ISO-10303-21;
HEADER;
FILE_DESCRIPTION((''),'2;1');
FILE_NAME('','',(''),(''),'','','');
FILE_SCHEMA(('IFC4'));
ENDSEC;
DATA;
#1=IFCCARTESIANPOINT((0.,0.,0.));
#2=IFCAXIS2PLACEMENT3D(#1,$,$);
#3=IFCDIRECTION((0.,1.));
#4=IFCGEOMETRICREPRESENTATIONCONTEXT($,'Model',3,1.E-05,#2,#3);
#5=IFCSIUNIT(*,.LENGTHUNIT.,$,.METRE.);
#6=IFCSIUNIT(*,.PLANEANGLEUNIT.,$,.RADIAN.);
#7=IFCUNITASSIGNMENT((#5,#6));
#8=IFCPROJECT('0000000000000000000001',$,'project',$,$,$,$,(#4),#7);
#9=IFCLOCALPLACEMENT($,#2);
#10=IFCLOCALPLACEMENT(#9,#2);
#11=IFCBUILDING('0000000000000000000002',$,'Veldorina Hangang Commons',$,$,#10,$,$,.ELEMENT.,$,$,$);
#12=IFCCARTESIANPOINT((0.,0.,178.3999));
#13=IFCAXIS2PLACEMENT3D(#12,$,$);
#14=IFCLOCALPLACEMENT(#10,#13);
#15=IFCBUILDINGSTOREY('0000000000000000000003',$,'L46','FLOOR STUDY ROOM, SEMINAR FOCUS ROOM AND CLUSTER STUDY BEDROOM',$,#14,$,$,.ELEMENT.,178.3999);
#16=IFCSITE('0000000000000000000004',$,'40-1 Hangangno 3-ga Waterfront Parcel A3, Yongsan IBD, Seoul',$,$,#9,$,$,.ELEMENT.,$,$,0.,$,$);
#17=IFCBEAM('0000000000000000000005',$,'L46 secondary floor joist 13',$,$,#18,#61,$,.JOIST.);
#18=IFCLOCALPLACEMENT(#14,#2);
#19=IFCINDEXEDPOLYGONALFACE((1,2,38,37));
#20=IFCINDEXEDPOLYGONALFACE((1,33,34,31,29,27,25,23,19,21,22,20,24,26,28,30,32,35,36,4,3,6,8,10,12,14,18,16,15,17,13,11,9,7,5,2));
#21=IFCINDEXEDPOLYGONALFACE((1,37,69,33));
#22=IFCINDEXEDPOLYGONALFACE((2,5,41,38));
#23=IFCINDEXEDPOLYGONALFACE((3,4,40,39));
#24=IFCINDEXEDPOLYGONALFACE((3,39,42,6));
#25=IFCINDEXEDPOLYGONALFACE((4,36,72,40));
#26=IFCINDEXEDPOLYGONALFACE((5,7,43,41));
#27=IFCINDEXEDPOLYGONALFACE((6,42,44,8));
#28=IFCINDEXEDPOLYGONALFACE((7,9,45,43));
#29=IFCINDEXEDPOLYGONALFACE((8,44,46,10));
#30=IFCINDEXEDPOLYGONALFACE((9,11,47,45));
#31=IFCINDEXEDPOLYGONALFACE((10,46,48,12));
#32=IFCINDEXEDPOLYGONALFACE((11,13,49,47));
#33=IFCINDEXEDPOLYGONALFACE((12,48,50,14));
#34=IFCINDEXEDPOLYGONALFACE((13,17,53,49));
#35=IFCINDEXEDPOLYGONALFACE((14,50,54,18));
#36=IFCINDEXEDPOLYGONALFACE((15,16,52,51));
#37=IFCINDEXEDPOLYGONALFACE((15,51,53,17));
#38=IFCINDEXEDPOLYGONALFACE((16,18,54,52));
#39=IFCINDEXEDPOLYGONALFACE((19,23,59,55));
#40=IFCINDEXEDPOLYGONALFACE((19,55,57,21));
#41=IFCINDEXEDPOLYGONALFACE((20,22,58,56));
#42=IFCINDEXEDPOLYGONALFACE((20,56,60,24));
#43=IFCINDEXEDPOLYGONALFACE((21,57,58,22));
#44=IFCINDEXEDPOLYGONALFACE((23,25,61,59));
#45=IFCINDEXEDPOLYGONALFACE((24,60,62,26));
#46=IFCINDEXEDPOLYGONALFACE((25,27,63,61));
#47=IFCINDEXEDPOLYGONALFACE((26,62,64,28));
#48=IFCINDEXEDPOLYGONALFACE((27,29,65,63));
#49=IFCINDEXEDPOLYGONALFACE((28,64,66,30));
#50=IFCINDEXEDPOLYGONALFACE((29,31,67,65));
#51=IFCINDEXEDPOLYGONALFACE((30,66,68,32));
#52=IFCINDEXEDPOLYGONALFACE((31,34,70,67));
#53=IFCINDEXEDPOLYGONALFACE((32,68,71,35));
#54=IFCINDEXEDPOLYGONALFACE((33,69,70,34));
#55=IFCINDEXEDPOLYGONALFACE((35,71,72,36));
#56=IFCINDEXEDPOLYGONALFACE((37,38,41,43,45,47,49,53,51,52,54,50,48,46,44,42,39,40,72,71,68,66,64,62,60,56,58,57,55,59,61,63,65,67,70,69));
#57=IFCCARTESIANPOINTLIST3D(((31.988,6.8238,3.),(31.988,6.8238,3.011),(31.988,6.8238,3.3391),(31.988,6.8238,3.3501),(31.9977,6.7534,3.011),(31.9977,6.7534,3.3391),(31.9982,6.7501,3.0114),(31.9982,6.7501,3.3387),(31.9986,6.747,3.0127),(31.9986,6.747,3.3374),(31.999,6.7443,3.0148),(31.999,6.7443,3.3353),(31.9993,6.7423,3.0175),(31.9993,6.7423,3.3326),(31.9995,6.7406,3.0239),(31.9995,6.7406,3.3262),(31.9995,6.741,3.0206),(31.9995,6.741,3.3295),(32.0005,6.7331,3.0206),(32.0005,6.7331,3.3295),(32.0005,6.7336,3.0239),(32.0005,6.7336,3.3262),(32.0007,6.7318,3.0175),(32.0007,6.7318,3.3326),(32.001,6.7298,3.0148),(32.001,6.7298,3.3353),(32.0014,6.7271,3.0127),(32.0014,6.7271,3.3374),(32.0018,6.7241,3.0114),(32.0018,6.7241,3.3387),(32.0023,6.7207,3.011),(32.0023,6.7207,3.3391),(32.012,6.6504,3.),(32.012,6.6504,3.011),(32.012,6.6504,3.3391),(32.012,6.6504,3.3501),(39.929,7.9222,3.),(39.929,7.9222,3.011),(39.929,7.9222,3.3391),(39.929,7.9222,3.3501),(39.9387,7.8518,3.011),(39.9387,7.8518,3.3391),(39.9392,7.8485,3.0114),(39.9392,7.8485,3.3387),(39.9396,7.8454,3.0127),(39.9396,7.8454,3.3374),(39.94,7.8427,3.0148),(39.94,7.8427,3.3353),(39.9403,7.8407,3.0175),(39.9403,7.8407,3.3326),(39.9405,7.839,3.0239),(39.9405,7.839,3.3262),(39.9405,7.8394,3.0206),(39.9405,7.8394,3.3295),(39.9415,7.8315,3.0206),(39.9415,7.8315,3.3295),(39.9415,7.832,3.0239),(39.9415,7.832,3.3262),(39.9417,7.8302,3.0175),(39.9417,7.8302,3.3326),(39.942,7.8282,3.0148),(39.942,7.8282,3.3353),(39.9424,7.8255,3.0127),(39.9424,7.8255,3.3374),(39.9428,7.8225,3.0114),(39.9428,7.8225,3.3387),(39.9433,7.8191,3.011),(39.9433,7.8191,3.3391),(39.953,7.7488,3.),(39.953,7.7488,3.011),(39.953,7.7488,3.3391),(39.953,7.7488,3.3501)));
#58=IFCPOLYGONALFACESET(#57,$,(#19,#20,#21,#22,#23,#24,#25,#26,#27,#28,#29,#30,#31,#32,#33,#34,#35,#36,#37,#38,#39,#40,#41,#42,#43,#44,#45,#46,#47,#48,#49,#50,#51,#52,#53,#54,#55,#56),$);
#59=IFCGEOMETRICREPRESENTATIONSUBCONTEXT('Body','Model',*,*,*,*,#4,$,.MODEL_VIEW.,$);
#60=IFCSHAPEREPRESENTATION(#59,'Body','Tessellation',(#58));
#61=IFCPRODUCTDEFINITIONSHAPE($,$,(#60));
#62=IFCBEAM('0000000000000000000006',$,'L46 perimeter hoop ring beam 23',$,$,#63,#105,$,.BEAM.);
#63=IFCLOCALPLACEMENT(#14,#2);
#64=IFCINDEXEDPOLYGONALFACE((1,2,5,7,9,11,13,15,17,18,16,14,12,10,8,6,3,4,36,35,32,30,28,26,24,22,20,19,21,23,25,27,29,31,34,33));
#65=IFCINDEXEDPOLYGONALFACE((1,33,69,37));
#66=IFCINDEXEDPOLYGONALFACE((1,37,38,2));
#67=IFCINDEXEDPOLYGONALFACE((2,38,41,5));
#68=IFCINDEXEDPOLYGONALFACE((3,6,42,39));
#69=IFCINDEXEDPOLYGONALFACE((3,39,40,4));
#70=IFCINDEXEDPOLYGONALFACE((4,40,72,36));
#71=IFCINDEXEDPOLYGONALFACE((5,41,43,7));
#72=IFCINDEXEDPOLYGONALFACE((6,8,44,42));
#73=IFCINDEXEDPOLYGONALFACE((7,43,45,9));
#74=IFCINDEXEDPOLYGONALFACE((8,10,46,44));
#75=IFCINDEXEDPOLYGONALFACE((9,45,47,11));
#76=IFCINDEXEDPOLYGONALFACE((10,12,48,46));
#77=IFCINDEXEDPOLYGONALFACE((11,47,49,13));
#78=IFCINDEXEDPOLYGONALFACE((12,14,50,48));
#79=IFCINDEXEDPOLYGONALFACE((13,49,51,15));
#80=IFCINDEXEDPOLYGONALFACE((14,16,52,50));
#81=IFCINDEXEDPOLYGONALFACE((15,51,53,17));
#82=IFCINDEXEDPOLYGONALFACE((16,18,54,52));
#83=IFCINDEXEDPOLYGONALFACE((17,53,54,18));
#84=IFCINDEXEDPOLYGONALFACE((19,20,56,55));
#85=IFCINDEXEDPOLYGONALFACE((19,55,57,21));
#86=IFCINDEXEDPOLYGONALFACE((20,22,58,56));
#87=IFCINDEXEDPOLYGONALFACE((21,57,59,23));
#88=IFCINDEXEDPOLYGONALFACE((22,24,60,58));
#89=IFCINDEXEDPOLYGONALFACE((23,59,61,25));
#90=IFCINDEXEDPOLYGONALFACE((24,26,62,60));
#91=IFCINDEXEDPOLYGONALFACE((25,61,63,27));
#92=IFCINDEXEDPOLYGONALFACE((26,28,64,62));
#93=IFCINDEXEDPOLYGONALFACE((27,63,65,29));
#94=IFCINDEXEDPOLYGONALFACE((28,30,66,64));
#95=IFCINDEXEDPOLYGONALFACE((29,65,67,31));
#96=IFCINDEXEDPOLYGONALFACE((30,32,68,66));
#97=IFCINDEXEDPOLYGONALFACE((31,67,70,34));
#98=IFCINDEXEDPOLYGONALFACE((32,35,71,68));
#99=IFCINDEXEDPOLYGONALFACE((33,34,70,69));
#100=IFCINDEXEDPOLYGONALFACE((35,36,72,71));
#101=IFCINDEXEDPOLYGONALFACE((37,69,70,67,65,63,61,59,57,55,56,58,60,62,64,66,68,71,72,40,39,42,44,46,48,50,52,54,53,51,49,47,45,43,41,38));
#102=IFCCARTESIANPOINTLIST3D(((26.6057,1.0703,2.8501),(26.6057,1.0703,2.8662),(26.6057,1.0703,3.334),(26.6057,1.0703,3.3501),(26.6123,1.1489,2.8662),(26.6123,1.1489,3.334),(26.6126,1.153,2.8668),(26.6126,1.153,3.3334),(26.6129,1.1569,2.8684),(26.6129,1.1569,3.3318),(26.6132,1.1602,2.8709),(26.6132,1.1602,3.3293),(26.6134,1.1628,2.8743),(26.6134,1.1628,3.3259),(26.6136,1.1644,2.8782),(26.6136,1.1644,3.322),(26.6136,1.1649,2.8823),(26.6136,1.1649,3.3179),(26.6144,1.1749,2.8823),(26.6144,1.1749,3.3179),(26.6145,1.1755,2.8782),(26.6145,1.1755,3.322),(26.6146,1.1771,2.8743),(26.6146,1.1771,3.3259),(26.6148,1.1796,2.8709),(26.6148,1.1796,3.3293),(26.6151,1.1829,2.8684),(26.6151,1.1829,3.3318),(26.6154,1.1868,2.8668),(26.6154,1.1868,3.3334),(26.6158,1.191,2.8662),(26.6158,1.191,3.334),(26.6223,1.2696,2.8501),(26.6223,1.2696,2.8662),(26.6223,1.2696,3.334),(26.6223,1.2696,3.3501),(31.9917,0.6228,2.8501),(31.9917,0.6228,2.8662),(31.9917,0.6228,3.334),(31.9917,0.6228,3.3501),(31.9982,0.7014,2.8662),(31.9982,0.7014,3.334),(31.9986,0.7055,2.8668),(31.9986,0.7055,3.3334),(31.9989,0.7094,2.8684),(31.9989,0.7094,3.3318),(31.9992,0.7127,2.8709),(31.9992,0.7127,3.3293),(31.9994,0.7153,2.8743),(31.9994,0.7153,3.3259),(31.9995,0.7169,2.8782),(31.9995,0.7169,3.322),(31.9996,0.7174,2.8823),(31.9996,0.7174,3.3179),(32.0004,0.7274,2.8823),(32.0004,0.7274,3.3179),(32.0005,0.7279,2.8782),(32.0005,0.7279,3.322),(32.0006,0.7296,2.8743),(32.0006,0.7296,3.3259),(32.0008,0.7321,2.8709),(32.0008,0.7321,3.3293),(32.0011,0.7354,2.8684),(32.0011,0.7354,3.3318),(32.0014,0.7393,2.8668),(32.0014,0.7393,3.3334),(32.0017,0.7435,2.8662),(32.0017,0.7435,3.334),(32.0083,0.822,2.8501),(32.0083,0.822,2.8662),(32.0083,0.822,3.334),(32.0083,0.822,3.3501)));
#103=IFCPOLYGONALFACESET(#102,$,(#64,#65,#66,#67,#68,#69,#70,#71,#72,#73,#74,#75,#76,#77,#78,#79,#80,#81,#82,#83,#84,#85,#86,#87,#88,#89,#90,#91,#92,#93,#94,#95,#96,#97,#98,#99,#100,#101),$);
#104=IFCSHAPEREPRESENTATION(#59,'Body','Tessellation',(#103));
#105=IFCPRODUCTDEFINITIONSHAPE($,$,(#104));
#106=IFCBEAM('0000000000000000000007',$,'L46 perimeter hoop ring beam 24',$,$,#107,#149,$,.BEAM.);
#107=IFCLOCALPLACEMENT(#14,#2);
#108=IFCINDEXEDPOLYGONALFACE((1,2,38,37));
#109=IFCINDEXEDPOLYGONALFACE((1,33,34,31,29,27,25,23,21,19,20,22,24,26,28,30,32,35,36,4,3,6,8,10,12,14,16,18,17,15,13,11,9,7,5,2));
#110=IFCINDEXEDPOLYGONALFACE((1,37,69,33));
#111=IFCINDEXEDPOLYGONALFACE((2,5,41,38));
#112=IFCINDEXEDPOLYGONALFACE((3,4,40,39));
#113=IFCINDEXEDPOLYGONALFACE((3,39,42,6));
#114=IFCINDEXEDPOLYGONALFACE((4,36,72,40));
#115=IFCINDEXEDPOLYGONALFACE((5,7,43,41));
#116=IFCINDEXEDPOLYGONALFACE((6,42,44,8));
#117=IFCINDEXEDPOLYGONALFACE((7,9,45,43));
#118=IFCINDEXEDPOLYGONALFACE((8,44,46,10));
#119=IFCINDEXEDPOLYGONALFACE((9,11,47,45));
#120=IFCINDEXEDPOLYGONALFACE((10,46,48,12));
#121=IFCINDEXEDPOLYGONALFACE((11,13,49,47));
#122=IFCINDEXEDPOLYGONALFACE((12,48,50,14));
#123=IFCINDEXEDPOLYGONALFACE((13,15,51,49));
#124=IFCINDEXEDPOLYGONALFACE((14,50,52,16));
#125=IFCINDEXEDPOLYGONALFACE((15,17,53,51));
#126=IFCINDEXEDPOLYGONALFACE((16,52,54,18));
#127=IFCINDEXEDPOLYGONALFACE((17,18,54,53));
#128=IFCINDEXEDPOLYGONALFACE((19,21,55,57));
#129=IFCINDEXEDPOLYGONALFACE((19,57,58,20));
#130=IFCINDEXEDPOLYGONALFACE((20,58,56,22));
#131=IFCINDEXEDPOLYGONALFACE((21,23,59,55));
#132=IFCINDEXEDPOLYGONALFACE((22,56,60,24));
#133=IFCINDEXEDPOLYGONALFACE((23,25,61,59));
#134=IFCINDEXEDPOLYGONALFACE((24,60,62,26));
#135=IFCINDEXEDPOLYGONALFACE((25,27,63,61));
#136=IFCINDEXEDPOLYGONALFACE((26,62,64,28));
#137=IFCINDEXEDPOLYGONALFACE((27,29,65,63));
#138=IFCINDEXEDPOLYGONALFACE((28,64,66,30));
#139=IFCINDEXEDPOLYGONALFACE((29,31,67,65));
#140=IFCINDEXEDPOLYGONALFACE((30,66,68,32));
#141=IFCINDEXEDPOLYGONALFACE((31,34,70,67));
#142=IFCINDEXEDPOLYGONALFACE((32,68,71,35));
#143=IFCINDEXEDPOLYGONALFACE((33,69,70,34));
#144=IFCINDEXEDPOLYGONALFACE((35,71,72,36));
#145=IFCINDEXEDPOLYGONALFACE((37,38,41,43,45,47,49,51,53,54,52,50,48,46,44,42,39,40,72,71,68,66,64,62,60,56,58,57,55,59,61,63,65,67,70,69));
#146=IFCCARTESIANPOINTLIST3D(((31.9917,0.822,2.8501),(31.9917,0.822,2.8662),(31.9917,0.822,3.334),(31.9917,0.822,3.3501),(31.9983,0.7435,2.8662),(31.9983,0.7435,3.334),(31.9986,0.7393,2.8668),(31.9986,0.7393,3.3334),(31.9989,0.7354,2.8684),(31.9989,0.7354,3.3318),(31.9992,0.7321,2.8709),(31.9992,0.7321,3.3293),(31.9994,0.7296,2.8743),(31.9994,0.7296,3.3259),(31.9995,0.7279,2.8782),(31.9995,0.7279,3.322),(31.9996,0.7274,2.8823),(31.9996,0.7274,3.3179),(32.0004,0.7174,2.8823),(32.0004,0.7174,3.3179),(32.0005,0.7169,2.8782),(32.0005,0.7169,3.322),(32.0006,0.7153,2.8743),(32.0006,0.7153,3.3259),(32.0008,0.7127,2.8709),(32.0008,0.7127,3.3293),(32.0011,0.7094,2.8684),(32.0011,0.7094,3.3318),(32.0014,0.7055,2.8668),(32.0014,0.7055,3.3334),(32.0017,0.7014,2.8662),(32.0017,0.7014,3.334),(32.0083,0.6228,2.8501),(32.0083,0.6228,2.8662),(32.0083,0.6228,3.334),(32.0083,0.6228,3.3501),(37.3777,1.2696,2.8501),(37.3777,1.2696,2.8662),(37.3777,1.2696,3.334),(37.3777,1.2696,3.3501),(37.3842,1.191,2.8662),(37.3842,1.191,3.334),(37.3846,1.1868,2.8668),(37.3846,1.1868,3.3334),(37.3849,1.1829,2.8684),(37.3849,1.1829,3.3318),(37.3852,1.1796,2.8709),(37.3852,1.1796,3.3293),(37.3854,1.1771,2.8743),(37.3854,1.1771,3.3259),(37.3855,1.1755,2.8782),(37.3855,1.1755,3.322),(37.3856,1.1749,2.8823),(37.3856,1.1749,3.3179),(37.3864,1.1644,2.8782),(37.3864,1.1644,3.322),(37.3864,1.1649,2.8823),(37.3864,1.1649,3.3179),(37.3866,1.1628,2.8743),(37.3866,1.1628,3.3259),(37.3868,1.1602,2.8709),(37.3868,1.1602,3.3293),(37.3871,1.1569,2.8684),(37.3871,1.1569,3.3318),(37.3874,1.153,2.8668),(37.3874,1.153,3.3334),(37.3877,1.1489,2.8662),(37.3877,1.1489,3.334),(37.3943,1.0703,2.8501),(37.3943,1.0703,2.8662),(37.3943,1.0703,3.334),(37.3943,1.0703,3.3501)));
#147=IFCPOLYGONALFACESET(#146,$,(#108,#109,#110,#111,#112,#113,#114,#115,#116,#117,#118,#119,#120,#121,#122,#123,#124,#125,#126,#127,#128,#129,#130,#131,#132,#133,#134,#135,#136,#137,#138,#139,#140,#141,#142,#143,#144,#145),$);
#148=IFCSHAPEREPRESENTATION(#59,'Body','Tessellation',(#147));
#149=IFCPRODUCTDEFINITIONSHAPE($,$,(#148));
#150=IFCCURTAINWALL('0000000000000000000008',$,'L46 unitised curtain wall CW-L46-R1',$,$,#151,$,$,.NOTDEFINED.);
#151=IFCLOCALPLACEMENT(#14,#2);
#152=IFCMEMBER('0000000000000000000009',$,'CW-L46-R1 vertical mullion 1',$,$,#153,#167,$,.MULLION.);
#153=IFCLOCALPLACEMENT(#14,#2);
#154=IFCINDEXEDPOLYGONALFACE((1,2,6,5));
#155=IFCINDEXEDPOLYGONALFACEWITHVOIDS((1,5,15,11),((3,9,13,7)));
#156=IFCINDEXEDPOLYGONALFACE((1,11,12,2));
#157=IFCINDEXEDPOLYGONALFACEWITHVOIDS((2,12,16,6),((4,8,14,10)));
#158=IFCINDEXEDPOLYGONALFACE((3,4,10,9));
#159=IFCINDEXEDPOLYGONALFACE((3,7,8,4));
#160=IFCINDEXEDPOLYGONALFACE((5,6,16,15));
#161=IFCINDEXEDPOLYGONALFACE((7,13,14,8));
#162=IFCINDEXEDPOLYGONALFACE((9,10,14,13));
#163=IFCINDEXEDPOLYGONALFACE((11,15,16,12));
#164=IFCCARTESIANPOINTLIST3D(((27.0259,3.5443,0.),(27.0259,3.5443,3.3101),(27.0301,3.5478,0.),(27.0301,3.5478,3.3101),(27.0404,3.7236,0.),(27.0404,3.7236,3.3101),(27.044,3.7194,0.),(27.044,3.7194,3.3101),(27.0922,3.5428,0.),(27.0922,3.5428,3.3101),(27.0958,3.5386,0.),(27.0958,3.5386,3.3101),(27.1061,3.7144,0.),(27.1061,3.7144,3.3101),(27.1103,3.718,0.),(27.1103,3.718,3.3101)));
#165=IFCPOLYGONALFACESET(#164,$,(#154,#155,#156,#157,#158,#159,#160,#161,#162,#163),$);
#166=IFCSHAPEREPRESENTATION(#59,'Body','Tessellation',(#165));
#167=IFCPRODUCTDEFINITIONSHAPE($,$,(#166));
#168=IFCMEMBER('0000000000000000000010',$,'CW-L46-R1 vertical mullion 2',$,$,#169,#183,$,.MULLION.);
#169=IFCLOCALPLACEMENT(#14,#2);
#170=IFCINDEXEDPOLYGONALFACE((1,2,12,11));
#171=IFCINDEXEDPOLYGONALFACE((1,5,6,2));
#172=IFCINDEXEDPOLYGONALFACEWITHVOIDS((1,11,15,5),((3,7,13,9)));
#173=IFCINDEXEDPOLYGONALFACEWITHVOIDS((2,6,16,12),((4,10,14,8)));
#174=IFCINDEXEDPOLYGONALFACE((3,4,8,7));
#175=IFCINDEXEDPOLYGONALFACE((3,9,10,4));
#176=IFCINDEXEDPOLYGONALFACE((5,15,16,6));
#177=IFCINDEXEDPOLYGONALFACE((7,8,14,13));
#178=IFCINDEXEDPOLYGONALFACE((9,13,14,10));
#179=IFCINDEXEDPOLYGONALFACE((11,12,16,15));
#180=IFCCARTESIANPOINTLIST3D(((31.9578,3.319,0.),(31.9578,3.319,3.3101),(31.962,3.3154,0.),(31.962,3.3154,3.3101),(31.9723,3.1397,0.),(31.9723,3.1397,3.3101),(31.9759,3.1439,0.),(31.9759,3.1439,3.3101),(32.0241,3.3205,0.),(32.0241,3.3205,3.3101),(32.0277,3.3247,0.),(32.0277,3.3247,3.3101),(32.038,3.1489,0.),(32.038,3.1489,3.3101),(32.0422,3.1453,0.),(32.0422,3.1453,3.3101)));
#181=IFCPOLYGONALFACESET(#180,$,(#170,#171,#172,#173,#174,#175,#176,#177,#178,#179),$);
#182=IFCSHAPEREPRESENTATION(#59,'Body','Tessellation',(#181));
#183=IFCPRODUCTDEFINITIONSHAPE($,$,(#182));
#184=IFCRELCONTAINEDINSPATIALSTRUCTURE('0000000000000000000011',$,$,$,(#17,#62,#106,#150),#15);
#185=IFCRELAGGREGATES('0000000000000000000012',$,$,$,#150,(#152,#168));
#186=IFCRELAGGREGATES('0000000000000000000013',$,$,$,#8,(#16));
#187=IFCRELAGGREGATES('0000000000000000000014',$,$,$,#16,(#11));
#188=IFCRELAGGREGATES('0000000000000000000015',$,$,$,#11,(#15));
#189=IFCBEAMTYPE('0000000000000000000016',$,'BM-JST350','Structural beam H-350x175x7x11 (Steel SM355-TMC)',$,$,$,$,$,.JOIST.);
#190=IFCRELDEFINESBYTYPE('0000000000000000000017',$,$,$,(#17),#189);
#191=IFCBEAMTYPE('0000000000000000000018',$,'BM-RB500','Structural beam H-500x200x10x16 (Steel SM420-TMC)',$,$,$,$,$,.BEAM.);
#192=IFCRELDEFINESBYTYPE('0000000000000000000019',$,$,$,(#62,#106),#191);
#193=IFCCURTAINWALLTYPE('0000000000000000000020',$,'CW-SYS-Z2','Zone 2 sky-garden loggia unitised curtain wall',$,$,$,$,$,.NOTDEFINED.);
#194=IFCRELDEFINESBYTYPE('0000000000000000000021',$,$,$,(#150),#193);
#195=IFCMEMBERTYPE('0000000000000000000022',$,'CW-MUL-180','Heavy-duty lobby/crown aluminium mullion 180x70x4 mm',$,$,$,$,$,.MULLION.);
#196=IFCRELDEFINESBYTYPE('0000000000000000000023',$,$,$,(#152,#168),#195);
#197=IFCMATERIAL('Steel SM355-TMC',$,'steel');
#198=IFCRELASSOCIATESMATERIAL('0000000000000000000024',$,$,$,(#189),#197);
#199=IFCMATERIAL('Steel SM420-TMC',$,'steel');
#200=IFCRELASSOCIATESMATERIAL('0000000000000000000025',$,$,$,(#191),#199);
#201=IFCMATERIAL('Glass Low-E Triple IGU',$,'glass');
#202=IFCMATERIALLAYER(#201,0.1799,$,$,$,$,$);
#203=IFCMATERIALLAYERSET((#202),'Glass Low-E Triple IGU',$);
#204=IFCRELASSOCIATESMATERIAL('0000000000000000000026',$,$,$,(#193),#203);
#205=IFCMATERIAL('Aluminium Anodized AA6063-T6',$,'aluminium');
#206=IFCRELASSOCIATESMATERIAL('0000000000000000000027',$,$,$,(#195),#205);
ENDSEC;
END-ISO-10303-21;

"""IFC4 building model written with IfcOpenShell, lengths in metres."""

from ifc_helpers import new_model, si_unit, direction, frame, origin, origin_2d, place, context, subcontext, project, spatial, hollow_rectangle, i_section, extrude, material, layer, layer_set, material_profile, profile_set, type_object, element, aggregate, save


model = new_model("IFC4")

# Units and contexts
model_context = context("Model", 3, precision=1e-05, world=origin(), true_north=direction((0.0, 1.0)))
body_context = subcontext(model_context, "Body", "Model", "MODEL_VIEW")
ifc_project = project(units=[si_unit("LENGTHUNIT", "METRE"), si_unit("PLANEANGLEUNIT", "RADIAN")], contexts=[model_context])

# Site, building, storey
site_placement = place(None, origin())
site = spatial("IfcSite", under=ifc_project, at=site_placement, Name="40-1 Hangangno 3-ga Waterfront Parcel A3, Yongsan IBD, Seoul", CompositionType="ELEMENT", RefElevation=0.0)
building_placement = place(site_placement, origin())
building = spatial("IfcBuilding", under=site, at=building_placement, Name="Veldorina Hangang Commons", CompositionType="ELEMENT")
storey_placement = place(building_placement, frame((0.0, 0.0, 178.3999)))
storey = spatial("IfcBuildingStorey", under=building, at=storey_placement, Name="L46", Description="FLOOR STUDY ROOM, SEMINAR FOCUS ROOM AND CLUSTER STUDY BEDROOM", CompositionType="ELEMENT", Elevation=178.3999)

# Beams
ifc_material_1 = material(Name="Steel SM355-TMC", Category="steel")
ifc_material_profile_1 = material_profile(ifc_material_1, i_section(OverallWidth=0.175, OverallDepth=0.3501, WebThickness=0.0071, FlangeThickness=0.011, FilletRadius=0.0129, at=origin_2d()), Name="H-350x175x7x11")
ifc_profile_set_1 = profile_set([ifc_material_profile_1], Name="Steel SM355-TMC")
beam_type_1 = type_object("IfcBeamType", Name="BM-JST350", Description="Structural beam H-350x175x7x11 (Steel SM355-TMC)", PredefinedType="JOIST", material=ifc_profile_set_1)
beam_placement = place(storey_placement, frame((32.0, 6.7371, 3.175), z_axis=(0.990569, 0.137016, 0.0), x_axis=(-0.137016, 0.990569, 0.0)))
element("IfcBeam", 1, at=beam_placement, inside=storey, type_object=beam_type_1, Name="L46 secondary floor joist 13", PredefinedType="JOIST", context=body_context, shape_type="SweptSolid", body=[
    extrude(i_section(OverallWidth=0.175, OverallDepth=0.3501, WebThickness=0.0071, FlangeThickness=0.011, FilletRadius=0.0129, at=origin_2d()), origin(), (0.0, 0.0, 1.0), 8.0166),
])
ifc_material_2 = material(Name="Steel SM420-TMC", Category="steel")
ifc_material_profile_2 = material_profile(ifc_material_2, i_section(OverallWidth=0.2, OverallDepth=0.5, WebThickness=0.01, FlangeThickness=0.0161, FilletRadius=0.0161, at=origin_2d()), Name="H-500x200x10x16")
ifc_profile_set_2 = profile_set([ifc_material_profile_2], Name="Steel SM420-TMC")
beam_type_2 = type_object("IfcBeamType", Name="BM-RB500", Description="Structural beam H-500x200x10x16 (Steel SM420-TMC)", PredefinedType="BEAM", material=ifc_profile_set_2)
for number, where, z_axis, x_axis, name in (
    (2, (26.614, 1.1699, 3.1001), (0.996566, -0.082802, 0.0), (0.082802, 0.996566, 0.0), "L46 perimeter hoop ring beam 23"),
    (3, (32.0, 0.7224, 3.1001), (0.996566, 0.082802, 0.0), (-0.082802, 0.996566, 0.0), "L46 perimeter hoop ring beam 24"),
):
    element("IfcBeam", number, at=place(storey_placement, frame(where, z_axis=z_axis, x_axis=x_axis)), inside=storey, type_object=beam_type_2, Name=name, PredefinedType="BEAM", context=body_context, shape_type="SweptSolid", body=[
        extrude(i_section(OverallWidth=0.2, OverallDepth=0.5, WebThickness=0.01, FlangeThickness=0.0161, FilletRadius=0.0161, at=origin_2d()), origin(), (0.0, 0.0, 1.0), 5.4045),
    ])

# Curtain wall, members
ifc_material_3 = material(Name="Glass Low-E Triple IGU", Category="glass")
ifc_layer_1 = layer(ifc_material_3, 0.1799)
ifc_layer_set_1 = layer_set([ifc_layer_1], Name="Glass Low-E Triple IGU")
curtain_wall_type = type_object("IfcCurtainWallType", Name="CW-SYS-Z2", Description="Zone 2 sky-garden loggia unitised curtain wall", PredefinedType="NOTDEFINED", material=ifc_layer_set_1)
curtain_wall_placement = place(storey_placement, origin())
curtain_wall = element("IfcCurtainWall", 4, at=curtain_wall_placement, inside=storey, type_object=curtain_wall_type, Name="L46 unitised curtain wall CW-L46-R1", PredefinedType="NOTDEFINED")
ifc_material_4 = material(Name="Aluminium Anodized AA6063-T6", Category="aluminium")
ifc_material_profile_3 = material_profile(ifc_material_4, hollow_rectangle(XDim=0.0701, YDim=0.1799, WallThickness=0.0039, at=origin_2d()), Name="ALU-RHS-180x70x4")
ifc_profile_set_3 = profile_set([ifc_material_profile_3], Name="Aluminium Anodized AA6063-T6")
member_type_1 = type_object("IfcMemberType", Name="CW-MUL-180", Description="Heavy-duty lobby/crown aluminium mullion 180x70x4 mm", PredefinedType="MULLION", material=ifc_profile_set_3)
member_1_placement = place(storey_placement, frame((27.0681, 3.6311, 0.0), z_axis=(0.0, 0.0, 1.0), x_axis=(0.996744, -0.080634, 0.0)))
member_1 = element("IfcMember", 5, at=member_1_placement, type_object=member_type_1, Name="CW-L46-R1 vertical mullion 1", PredefinedType="MULLION", context=body_context, shape_type="SweptSolid", body=[
    extrude(hollow_rectangle(XDim=0.0701, YDim=0.1799, WallThickness=0.0039, at=origin_2d()), origin(), (0.0, 0.0, 1.0), 3.3101),
])
member_2_placement = place(storey_placement, frame((32.0, 3.2322, 0.0), z_axis=(0.0, 0.0, 1.0), x_axis=(0.996744, 0.080634, 0.0)))
member_2 = element("IfcMember", 6, at=member_2_placement, type_object=member_type_1, Name="CW-L46-R1 vertical mullion 2", PredefinedType="MULLION", context=body_context, shape_type="SweptSolid", body=[
    extrude(hollow_rectangle(XDim=0.0701, YDim=0.1799, WallThickness=0.0039, at=origin_2d()), origin(), (0.0, 0.0, 1.0), 3.3101),
])

aggregate(curtain_wall, [member_1, member_2])

save(model, "model.ifc")
